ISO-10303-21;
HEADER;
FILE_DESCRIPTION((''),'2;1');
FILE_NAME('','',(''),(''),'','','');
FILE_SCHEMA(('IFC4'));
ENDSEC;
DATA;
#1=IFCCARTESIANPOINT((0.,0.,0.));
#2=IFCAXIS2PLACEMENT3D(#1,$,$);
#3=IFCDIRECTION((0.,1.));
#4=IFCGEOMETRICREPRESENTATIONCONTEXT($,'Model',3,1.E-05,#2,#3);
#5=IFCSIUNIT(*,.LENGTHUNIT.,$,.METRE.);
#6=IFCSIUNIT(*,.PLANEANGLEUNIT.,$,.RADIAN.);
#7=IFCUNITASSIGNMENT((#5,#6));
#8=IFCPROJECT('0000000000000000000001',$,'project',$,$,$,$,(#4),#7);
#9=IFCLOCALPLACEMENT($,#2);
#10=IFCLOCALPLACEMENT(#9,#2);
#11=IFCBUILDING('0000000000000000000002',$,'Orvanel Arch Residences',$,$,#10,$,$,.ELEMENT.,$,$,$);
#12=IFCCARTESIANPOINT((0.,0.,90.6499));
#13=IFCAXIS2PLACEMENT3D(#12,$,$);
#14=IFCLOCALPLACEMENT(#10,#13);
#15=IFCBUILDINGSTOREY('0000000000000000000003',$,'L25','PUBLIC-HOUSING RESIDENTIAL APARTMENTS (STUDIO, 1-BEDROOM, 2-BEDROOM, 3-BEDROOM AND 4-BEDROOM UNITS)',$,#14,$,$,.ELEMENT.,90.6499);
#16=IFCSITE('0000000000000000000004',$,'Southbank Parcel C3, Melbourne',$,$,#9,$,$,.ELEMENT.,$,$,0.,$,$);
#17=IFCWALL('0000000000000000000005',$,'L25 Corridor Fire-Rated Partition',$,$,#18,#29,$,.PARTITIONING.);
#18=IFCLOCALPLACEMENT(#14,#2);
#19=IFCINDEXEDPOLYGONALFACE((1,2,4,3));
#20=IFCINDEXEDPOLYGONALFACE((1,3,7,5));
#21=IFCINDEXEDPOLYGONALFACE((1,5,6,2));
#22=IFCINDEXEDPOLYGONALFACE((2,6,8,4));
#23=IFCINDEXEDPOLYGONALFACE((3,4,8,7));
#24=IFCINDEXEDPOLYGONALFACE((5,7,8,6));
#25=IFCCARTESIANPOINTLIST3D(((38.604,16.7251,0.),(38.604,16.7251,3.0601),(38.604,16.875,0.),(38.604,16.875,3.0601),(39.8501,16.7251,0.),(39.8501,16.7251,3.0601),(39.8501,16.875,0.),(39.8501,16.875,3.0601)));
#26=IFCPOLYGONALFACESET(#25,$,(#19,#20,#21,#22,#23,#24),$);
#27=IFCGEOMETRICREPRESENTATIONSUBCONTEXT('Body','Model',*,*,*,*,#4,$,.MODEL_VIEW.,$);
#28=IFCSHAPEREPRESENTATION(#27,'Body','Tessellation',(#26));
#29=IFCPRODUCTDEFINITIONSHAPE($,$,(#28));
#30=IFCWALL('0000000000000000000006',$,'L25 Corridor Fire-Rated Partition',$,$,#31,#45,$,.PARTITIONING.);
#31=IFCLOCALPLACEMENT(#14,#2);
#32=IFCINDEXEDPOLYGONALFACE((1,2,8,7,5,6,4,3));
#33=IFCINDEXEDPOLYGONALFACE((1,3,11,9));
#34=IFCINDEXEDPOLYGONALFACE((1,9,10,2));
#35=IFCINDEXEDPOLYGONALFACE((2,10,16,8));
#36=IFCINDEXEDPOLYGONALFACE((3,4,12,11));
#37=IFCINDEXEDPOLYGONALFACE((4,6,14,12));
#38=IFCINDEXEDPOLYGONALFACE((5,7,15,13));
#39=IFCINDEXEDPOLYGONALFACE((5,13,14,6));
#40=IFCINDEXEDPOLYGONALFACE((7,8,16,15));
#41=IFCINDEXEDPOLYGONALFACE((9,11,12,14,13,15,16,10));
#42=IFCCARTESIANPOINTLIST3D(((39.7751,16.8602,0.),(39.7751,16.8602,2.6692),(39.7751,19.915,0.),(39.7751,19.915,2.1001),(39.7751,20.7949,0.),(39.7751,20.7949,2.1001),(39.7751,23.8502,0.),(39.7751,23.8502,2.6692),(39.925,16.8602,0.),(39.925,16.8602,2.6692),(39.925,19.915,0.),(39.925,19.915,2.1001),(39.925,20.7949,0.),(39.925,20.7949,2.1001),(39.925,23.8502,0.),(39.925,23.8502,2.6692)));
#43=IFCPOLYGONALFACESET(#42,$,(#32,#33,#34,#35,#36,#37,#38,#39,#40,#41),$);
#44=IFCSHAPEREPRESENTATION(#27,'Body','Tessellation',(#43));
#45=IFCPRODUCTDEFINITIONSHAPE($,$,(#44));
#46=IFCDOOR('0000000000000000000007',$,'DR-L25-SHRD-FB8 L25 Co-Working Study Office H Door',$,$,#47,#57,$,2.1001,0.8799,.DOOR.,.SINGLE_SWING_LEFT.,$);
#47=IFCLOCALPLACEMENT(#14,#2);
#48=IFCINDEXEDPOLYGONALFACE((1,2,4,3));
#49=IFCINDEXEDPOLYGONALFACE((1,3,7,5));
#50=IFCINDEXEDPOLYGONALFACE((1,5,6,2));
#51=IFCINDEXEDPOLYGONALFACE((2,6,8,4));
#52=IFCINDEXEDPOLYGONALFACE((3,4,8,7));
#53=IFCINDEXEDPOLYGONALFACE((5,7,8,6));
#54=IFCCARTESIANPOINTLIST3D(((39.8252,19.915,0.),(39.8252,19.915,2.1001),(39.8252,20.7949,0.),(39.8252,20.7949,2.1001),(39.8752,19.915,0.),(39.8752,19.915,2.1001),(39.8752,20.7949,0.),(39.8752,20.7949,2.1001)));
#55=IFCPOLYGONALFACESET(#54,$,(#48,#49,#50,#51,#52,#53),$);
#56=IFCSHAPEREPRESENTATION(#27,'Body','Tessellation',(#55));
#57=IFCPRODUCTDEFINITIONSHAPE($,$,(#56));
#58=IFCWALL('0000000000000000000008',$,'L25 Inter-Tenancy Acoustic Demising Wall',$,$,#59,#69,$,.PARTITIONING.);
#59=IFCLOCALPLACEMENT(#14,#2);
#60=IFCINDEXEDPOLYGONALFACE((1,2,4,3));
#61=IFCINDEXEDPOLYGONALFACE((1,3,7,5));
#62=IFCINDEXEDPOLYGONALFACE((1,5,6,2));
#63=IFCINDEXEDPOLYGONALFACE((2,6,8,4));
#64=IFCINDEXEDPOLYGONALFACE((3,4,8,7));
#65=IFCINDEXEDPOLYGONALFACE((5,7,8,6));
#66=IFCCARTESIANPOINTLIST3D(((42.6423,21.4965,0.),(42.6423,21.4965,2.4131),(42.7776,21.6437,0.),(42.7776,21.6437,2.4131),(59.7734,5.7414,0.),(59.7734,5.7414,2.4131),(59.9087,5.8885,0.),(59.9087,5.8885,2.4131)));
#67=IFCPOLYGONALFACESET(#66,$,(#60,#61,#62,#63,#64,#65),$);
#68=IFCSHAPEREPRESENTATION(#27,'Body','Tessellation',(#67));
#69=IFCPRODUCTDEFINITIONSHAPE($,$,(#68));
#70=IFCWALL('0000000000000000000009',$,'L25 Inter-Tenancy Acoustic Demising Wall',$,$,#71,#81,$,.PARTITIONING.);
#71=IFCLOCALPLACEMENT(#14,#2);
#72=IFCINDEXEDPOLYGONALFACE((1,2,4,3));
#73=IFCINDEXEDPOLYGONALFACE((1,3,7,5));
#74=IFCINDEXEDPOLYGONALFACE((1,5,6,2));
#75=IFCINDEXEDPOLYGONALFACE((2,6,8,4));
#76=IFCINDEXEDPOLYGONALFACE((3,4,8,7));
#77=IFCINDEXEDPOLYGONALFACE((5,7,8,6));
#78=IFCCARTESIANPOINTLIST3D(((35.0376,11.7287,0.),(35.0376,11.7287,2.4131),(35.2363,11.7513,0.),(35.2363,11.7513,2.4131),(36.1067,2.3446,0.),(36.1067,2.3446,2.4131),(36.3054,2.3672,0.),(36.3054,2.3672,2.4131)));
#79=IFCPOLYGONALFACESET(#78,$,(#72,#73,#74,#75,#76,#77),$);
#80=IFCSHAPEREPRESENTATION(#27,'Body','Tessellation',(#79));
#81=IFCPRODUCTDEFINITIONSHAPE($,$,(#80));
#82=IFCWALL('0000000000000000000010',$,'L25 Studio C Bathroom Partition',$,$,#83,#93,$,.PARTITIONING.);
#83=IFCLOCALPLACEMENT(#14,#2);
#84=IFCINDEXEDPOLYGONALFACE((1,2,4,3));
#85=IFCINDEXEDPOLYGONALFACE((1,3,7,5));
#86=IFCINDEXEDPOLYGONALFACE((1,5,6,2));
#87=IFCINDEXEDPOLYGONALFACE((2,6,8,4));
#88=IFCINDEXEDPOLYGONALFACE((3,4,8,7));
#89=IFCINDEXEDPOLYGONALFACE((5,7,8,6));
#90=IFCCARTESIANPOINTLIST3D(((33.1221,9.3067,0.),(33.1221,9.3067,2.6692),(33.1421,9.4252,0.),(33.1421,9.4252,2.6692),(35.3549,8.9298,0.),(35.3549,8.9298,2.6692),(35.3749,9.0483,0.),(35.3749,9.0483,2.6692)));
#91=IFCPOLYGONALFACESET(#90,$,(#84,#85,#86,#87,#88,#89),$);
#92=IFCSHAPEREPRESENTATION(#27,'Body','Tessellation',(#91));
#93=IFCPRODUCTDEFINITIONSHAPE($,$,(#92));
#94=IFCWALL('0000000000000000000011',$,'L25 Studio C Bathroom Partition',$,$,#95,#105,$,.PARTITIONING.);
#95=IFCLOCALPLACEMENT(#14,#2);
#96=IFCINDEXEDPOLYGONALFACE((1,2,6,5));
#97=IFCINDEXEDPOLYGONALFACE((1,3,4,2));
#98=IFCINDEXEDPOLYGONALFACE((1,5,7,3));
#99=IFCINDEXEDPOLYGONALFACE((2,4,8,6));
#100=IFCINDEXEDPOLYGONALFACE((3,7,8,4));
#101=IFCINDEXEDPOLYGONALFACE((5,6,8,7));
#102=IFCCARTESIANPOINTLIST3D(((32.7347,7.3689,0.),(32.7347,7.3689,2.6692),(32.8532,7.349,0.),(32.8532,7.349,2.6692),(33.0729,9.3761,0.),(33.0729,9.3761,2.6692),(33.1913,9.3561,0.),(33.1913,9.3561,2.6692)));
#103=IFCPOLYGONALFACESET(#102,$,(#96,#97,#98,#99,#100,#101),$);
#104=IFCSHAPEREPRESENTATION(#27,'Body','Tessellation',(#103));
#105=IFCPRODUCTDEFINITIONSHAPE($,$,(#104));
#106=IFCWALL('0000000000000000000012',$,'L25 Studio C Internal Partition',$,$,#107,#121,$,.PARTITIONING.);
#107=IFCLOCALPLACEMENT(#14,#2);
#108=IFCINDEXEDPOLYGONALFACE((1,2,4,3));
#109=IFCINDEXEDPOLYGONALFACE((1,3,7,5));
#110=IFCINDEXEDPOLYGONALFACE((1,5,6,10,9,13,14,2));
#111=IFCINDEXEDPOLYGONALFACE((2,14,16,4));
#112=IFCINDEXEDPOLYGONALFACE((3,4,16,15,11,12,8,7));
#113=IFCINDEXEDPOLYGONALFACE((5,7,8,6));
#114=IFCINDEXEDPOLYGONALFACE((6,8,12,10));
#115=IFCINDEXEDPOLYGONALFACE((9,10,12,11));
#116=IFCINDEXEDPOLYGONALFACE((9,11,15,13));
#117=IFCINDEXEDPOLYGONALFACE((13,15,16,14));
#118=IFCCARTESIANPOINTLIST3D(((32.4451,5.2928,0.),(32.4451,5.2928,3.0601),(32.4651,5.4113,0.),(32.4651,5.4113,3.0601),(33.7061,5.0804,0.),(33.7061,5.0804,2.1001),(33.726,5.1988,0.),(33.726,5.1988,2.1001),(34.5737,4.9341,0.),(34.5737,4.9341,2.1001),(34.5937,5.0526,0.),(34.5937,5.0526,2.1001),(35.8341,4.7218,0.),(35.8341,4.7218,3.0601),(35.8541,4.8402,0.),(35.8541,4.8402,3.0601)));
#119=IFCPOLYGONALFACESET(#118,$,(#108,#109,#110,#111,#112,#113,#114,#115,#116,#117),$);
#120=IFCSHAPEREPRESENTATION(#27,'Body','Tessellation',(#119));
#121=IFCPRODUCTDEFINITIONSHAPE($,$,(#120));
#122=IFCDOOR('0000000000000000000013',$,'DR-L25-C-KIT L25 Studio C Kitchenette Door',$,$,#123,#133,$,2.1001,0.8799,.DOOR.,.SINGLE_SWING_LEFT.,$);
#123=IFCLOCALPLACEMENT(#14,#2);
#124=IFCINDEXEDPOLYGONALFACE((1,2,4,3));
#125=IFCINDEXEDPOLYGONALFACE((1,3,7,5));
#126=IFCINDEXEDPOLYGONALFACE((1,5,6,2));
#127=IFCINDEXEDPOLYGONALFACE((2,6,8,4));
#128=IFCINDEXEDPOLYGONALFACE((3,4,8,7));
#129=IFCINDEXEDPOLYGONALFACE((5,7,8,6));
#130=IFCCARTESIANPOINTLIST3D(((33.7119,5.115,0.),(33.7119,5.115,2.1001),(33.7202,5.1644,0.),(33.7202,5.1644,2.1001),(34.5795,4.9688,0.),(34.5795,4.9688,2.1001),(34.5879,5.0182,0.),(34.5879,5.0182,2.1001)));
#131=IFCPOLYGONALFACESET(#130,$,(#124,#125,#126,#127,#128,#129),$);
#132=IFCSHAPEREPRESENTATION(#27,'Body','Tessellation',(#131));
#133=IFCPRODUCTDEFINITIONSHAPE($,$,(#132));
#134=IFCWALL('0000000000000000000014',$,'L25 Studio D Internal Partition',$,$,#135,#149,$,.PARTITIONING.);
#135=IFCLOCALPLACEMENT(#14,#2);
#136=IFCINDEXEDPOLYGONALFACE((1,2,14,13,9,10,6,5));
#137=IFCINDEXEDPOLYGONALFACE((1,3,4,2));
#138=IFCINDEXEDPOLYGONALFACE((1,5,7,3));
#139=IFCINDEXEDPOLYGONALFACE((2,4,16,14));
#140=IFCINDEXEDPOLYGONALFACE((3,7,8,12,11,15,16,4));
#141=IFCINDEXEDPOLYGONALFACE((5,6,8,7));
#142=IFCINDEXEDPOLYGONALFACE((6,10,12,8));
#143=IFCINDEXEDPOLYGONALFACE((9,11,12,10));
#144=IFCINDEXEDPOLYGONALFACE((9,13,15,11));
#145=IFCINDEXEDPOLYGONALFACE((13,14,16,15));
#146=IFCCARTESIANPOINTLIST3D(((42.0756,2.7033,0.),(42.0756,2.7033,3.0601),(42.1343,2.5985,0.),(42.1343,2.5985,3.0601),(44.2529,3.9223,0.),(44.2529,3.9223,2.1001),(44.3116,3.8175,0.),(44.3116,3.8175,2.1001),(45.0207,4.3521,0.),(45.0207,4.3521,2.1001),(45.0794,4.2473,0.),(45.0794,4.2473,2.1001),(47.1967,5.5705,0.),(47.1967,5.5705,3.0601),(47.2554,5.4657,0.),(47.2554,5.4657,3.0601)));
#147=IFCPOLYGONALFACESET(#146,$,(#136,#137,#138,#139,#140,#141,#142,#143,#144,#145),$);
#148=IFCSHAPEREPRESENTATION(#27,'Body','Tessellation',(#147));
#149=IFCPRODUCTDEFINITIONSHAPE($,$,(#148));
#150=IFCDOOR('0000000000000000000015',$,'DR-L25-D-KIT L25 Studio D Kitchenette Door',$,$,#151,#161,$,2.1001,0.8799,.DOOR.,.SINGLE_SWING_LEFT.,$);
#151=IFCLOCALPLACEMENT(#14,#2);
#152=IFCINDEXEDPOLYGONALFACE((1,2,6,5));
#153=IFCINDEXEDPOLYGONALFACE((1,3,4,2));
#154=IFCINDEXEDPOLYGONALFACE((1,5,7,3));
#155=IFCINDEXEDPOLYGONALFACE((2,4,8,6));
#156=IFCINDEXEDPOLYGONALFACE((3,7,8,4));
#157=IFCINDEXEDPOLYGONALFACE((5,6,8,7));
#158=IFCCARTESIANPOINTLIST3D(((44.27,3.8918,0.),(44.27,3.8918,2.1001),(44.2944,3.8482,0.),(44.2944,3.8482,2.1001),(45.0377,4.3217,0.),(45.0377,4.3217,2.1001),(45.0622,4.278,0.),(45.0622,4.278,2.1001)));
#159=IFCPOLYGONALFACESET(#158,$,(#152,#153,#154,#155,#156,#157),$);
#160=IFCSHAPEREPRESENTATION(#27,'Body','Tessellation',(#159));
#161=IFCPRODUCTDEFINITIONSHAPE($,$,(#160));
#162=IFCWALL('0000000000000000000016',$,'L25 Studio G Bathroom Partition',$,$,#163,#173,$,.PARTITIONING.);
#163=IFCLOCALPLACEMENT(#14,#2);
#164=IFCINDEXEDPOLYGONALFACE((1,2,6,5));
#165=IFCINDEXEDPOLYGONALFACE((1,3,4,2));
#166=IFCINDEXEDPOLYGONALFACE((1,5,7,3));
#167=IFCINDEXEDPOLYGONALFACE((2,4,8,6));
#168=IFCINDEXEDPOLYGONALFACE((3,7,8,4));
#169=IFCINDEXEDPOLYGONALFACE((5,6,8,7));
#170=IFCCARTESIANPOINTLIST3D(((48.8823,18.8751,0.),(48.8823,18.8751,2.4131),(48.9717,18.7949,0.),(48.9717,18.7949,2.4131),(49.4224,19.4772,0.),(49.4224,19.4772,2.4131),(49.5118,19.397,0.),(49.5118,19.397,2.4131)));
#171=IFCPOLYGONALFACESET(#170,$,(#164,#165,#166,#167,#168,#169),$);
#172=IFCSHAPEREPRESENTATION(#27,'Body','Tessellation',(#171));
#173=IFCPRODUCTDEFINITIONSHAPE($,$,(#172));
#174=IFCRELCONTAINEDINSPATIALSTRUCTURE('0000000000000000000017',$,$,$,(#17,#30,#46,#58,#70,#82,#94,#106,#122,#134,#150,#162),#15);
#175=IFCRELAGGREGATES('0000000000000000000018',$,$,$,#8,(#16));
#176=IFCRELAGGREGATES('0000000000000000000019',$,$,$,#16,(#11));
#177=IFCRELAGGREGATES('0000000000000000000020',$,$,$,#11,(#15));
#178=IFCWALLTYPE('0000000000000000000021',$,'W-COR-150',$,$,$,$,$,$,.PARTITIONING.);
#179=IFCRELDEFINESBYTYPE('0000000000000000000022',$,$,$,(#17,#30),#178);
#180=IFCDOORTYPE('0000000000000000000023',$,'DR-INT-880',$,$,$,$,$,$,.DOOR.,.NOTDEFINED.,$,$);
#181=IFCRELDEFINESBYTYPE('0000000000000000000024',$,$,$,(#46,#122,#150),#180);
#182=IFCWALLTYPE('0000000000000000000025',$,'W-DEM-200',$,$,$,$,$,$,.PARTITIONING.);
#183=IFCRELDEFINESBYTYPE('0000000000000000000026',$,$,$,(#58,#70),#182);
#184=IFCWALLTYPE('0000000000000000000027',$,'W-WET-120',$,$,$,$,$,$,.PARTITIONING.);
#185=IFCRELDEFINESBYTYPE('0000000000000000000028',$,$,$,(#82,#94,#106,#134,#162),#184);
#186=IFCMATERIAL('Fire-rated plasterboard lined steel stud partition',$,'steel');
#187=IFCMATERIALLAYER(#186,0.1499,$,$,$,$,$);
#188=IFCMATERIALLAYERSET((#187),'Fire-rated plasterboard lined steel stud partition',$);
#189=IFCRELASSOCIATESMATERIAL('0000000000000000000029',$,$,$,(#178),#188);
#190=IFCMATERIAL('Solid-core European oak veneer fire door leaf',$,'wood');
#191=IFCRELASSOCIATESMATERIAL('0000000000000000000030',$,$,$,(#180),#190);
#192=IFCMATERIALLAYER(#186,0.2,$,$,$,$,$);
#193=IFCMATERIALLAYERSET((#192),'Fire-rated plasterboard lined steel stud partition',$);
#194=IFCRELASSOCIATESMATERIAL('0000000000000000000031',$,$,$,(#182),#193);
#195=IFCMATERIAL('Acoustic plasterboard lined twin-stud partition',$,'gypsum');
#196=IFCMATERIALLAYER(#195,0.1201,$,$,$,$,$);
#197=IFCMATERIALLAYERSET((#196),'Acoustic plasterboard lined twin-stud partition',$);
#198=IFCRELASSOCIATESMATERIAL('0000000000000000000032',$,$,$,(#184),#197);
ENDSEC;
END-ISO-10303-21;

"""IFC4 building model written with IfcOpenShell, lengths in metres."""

from ifc_helpers import new_model, si_unit, direction, frame, frame_2d, origin, place, context, subcontext, project, spatial, rectangle, extrude, material, layer, layer_set, type_object, element, fill, save


model = new_model("IFC4")

# Units and contexts
model_context = context("Model", 3, precision=1e-05, world=origin(), true_north=direction((0.0, 1.0)))
body_context = subcontext(model_context, "Body", "Model", "MODEL_VIEW")
ifc_project = project(units=[si_unit("LENGTHUNIT", "METRE"), si_unit("PLANEANGLEUNIT", "RADIAN")], contexts=[model_context])

# Site, building, storey
site_placement = place(None, origin())
site = spatial("IfcSite", under=ifc_project, at=site_placement, Name="Southbank Parcel C3, Melbourne", CompositionType="ELEMENT", RefElevation=0.0)
building_placement = place(site_placement, origin())
building = spatial("IfcBuilding", under=site, at=building_placement, Name="Orvanel Arch Residences", CompositionType="ELEMENT")
storey_placement = place(building_placement, frame((0.0, 0.0, 90.6499)))
storey = spatial("IfcBuildingStorey", under=building, at=storey_placement, Name="L25", Description="PUBLIC-HOUSING RESIDENTIAL APARTMENTS (STUDIO, 1-BEDROOM, 2-BEDROOM, 3-BEDROOM AND 4-BEDROOM UNITS)", CompositionType="ELEMENT", Elevation=90.6499)

# Shared definitions
ifc_material_1 = material(Name="Fire-rated plasterboard lined steel stud partition", Category="steel")
ifc_layer_1 = layer(ifc_material_1, 0.1499)
ifc_layer_set_1 = layer_set([ifc_layer_1], Name="Fire-rated plasterboard lined steel stud partition")
wall_type_1 = type_object("IfcWallType", Name="W-COR-150", PredefinedType="PARTITIONING", material=ifc_layer_set_1)
ifc_material_2 = material(Name="Solid-core European oak veneer fire door leaf", Category="wood")

# Wall
wall_1_placement = place(storey_placement, frame((38.604, 16.8, 0.0), z_axis=(0.0, 0.0, 1.0), x_axis=(1.0, 0.0, 0.0)))
element("IfcWall", 1, at=wall_1_placement, inside=storey, type_object=wall_type_1, Name="L25 Corridor Fire-Rated Partition", PredefinedType="PARTITIONING", context=body_context, shape_type="SweptSolid", body=[
    extrude(rectangle(XDim=1.2461, YDim=0.1499, at=frame_2d((0.623, 0.0))), origin(), (0.0, 0.0, 1.0), 3.0601),
])

# Wall, opening, door
wall_2_placement = place(storey_placement, frame((39.8501, 16.8601, 0.0), z_axis=(0.0, 0.0, 1.0), x_axis=(0.0, 1.0, 0.0)))
wall_2 = element("IfcWall", 2, at=wall_2_placement, inside=storey, type_object=wall_type_1, Name="L25 Corridor Fire-Rated Partition", PredefinedType="PARTITIONING", context=body_context, shape_type="SweptSolid", body=[
    extrude(rectangle(XDim=6.99, YDim=0.1499, at=frame_2d((3.4951, 0.0))), origin(), (0.0, 0.0, 1.0), 2.6692),
])
opening_1_placement = place(wall_2_placement, frame((3.0549, 0.0, 0.0)))
opening_1 = element("IfcOpeningElement", 3, at=opening_1_placement, cuts=wall_2, PredefinedType="OPENING", context=body_context, shape_type="SweptSolid", body=[
    extrude(rectangle(XDim=0.8799, YDim=2.1001, at=frame_2d((0.4399, 1.05))), frame((0.0, 0.085, 0.0), z_axis=(0.0, -1.0, 0.0), x_axis=(1.0, 0.0, 0.0)), (0.0, 0.0, 1.0), 0.1699),
])
door_type_1 = type_object("IfcDoorType", Name="DR-INT-880", OperationType="NOTDEFINED", PredefinedType="DOOR", material=ifc_material_2)
door_1_placement = place(opening_1_placement, origin())
door_1 = element("IfcDoor", 4, at=door_1_placement, inside=storey, type_object=door_type_1, Name="DR-L25-SHRD-FB8 L25 Co-Working Study Office H Door", OperationType="SINGLE_SWING_LEFT", OverallHeight=2.1001, OverallWidth=0.8799, PredefinedType="DOOR", context=body_context, shape_type="SweptSolid", body=[
    extrude(rectangle(XDim=0.8799, YDim=2.1001, at=frame_2d((0.4399, 1.05))), frame((0.0, 0.0249, 0.0), z_axis=(0.0, -1.0, 0.0), x_axis=(1.0, 0.0, 0.0)), (0.0, 0.0, 1.0), 0.05),
])
fill(opening_1, door_1)

# Walls
ifc_layer_2 = layer(ifc_material_1, 0.2)
ifc_layer_set_2 = layer_set([ifc_layer_2], Name="Fire-rated plasterboard lined steel stud partition")
wall_type_2 = type_object("IfcWallType", Name="W-DEM-200", PredefinedType="PARTITIONING", material=ifc_layer_set_2)
wall_3_placement = place(storey_placement, frame((42.71, 21.5701, 0.0), z_axis=(0.0, 0.0, 1.0), x_axis=(0.736048, -0.676929, 0.0)))
element("IfcWall", 5, at=wall_3_placement, inside=storey, type_object=wall_type_2, Name="L25 Inter-Tenancy Acoustic Demising Wall", PredefinedType="PARTITIONING", context=body_context, shape_type="SweptSolid", body=[
    extrude(rectangle(XDim=23.2744, YDim=0.2, at=frame_2d((11.6372, 0.0))), origin(), (0.0, 0.0, 1.0), 2.4131),
])
wall_4_placement = place(storey_placement, frame((35.137, 11.74, 0.0), z_axis=(0.0, 0.0, 1.0), x_axis=(0.113194, -0.993573, 0.0)))
element("IfcWall", 6, at=wall_4_placement, inside=storey, type_object=wall_type_2, Name="L25 Inter-Tenancy Acoustic Demising Wall", PredefinedType="PARTITIONING", context=body_context, shape_type="SweptSolid", body=[
    extrude(rectangle(XDim=9.4448, YDim=0.2, at=frame_2d((4.7224, 0.0))), origin(), (0.0, 0.0, 1.0), 2.4131),
])
ifc_material_3 = material(Name="Acoustic plasterboard lined twin-stud partition", Category="gypsum")
ifc_layer_3 = layer(ifc_material_3, 0.1201)
ifc_layer_set_3 = layer_set([ifc_layer_3], Name="Acoustic plasterboard lined twin-stud partition")
wall_type_3 = type_object("IfcWallType", Name="W-WET-120", PredefinedType="PARTITIONING", material=ifc_layer_set_3)
wall_5_placement = place(storey_placement, frame((35.365, 8.989, 0.0), z_axis=(0.0, 0.0, 1.0), x_axis=(-0.986048, 0.166462, 0.0)))
element("IfcWall", 7, at=wall_5_placement, inside=storey, type_object=wall_type_3, Name="L25 Studio C Bathroom Partition", PredefinedType="PARTITIONING", context=body_context, shape_type="SweptSolid", body=[
    extrude(rectangle(XDim=2.2644, YDim=0.1201, at=frame_2d((1.1323, 0.0))), origin(), (0.0, 0.0, 1.0), 2.6692),
])
wall_6_placement = place(storey_placement, frame((33.1321, 9.366, 0.0), z_axis=(0.0, 0.0, 1.0), x_axis=(-0.16613, -0.986104, 0.0)))
element("IfcWall", 8, at=wall_6_placement, inside=storey, type_object=wall_type_3, Name="L25 Studio C Bathroom Partition", PredefinedType="PARTITIONING", context=body_context, shape_type="SweptSolid", body=[
    extrude(rectangle(XDim=2.0354, YDim=0.1201, at=frame_2d((1.0176, 0.0))), origin(), (0.0, 0.0, 1.0), 2.6692),
])

# Walls, openings, doors
wall_7_placement = place(storey_placement, frame((35.844, 4.781, 0.0), z_axis=(0.0, 0.0, 1.0), x_axis=(-0.986099, 0.166161, 0.0)))
wall_7 = element("IfcWall", 9, at=wall_7_placement, inside=storey, type_object=wall_type_3, Name="L25 Studio C Internal Partition", PredefinedType="PARTITIONING", context=body_context, shape_type="SweptSolid", body=[
    extrude(rectangle(XDim=3.4368, YDim=0.1201, at=frame_2d((1.7183, 0.0))), origin(), (0.0, 0.0, 1.0), 3.0601),
])
opening_2_placement = place(wall_7_placement, frame((1.2781, 0.0, 0.0)))
opening_2 = element("IfcOpeningElement", 10, at=opening_2_placement, cuts=wall_7, PredefinedType="OPENING", context=body_context, shape_type="SweptSolid", body=[
    extrude(rectangle(XDim=0.8799, YDim=2.1001, at=frame_2d((0.4399, 1.05))), frame((0.0, 0.0701, 0.0), z_axis=(0.0, -1.0, 0.0), x_axis=(1.0, 0.0, 0.0)), (0.0, 0.0, 1.0), 0.1401),
])
door_2_placement = place(opening_2_placement, origin())
door_2 = element("IfcDoor", 11, at=door_2_placement, inside=storey, type_object=door_type_1, Name="DR-L25-C-KIT L25 Studio C Kitchenette Door", OperationType="SINGLE_SWING_LEFT", OverallHeight=2.1001, OverallWidth=0.8799, PredefinedType="DOOR", context=body_context, shape_type="SweptSolid", body=[
    extrude(rectangle(XDim=0.8799, YDim=2.1001, at=frame_2d((0.4399, 1.05))), frame((0.0, 0.0249, 0.0), z_axis=(0.0, -1.0, 0.0), x_axis=(1.0, 0.0, 0.0)), (0.0, 0.0, 1.0), 0.05),
])
fill(opening_2, door_2)
wall_8_placement = place(storey_placement, frame((47.2261, 5.5181, 0.0), z_axis=(0.0, 0.0, 1.0), x_axis=(-0.872551, -0.488522, 0.0)))
wall_8 = element("IfcWall", 12, at=wall_8_placement, inside=storey, type_object=wall_type_3, Name="L25 Studio D Internal Partition", PredefinedType="PARTITIONING", context=body_context, shape_type="SweptSolid", body=[
    extrude(rectangle(XDim=5.8691, YDim=0.1201, at=frame_2d((2.9346, 0.0))), origin(), (0.0, 0.0, 1.0), 3.0601),
])
opening_3_placement = place(wall_8_placement, frame((2.4939, 0.0, 0.0)))
opening_3 = element("IfcOpeningElement", 13, at=opening_3_placement, cuts=wall_8, PredefinedType="OPENING", context=body_context, shape_type="SweptSolid", body=[
    extrude(rectangle(XDim=0.8799, YDim=2.1001, at=frame_2d((0.4399, 1.05))), frame((0.0, 0.0701, 0.0), z_axis=(0.0, -1.0, 0.0), x_axis=(1.0, 0.0, 0.0)), (0.0, 0.0, 1.0), 0.1401),
])
door_3_placement = place(opening_3_placement, origin())
door_3 = element("IfcDoor", 14, at=door_3_placement, inside=storey, type_object=door_type_1, Name="DR-L25-D-KIT L25 Studio D Kitchenette Door", OperationType="SINGLE_SWING_LEFT", OverallHeight=2.1001, OverallWidth=0.8799, PredefinedType="DOOR", context=body_context, shape_type="SweptSolid", body=[
    extrude(rectangle(XDim=0.8799, YDim=2.1001, at=frame_2d((0.4399, 1.05))), frame((0.0, 0.0249, 0.0), z_axis=(0.0, -1.0, 0.0), x_axis=(1.0, 0.0, 0.0)), (0.0, 0.0, 1.0), 0.05),
])
fill(opening_3, door_3)

# Wall
wall_9_placement = place(storey_placement, frame((49.467, 19.437, 0.0), z_axis=(0.0, 0.0, 1.0), x_axis=(-0.66773, -0.744404, 0.0)))
element("IfcWall", 15, at=wall_9_placement, inside=storey, type_object=wall_type_3, Name="L25 Studio G Bathroom Partition", PredefinedType="PARTITIONING", context=body_context, shape_type="SweptSolid", body=[
    extrude(rectangle(XDim=0.8088, YDim=0.1201, at=frame_2d((0.4043, 0.0))), origin(), (0.0, 0.0, 1.0), 2.4131),
])

save(model, "model.ifc")
